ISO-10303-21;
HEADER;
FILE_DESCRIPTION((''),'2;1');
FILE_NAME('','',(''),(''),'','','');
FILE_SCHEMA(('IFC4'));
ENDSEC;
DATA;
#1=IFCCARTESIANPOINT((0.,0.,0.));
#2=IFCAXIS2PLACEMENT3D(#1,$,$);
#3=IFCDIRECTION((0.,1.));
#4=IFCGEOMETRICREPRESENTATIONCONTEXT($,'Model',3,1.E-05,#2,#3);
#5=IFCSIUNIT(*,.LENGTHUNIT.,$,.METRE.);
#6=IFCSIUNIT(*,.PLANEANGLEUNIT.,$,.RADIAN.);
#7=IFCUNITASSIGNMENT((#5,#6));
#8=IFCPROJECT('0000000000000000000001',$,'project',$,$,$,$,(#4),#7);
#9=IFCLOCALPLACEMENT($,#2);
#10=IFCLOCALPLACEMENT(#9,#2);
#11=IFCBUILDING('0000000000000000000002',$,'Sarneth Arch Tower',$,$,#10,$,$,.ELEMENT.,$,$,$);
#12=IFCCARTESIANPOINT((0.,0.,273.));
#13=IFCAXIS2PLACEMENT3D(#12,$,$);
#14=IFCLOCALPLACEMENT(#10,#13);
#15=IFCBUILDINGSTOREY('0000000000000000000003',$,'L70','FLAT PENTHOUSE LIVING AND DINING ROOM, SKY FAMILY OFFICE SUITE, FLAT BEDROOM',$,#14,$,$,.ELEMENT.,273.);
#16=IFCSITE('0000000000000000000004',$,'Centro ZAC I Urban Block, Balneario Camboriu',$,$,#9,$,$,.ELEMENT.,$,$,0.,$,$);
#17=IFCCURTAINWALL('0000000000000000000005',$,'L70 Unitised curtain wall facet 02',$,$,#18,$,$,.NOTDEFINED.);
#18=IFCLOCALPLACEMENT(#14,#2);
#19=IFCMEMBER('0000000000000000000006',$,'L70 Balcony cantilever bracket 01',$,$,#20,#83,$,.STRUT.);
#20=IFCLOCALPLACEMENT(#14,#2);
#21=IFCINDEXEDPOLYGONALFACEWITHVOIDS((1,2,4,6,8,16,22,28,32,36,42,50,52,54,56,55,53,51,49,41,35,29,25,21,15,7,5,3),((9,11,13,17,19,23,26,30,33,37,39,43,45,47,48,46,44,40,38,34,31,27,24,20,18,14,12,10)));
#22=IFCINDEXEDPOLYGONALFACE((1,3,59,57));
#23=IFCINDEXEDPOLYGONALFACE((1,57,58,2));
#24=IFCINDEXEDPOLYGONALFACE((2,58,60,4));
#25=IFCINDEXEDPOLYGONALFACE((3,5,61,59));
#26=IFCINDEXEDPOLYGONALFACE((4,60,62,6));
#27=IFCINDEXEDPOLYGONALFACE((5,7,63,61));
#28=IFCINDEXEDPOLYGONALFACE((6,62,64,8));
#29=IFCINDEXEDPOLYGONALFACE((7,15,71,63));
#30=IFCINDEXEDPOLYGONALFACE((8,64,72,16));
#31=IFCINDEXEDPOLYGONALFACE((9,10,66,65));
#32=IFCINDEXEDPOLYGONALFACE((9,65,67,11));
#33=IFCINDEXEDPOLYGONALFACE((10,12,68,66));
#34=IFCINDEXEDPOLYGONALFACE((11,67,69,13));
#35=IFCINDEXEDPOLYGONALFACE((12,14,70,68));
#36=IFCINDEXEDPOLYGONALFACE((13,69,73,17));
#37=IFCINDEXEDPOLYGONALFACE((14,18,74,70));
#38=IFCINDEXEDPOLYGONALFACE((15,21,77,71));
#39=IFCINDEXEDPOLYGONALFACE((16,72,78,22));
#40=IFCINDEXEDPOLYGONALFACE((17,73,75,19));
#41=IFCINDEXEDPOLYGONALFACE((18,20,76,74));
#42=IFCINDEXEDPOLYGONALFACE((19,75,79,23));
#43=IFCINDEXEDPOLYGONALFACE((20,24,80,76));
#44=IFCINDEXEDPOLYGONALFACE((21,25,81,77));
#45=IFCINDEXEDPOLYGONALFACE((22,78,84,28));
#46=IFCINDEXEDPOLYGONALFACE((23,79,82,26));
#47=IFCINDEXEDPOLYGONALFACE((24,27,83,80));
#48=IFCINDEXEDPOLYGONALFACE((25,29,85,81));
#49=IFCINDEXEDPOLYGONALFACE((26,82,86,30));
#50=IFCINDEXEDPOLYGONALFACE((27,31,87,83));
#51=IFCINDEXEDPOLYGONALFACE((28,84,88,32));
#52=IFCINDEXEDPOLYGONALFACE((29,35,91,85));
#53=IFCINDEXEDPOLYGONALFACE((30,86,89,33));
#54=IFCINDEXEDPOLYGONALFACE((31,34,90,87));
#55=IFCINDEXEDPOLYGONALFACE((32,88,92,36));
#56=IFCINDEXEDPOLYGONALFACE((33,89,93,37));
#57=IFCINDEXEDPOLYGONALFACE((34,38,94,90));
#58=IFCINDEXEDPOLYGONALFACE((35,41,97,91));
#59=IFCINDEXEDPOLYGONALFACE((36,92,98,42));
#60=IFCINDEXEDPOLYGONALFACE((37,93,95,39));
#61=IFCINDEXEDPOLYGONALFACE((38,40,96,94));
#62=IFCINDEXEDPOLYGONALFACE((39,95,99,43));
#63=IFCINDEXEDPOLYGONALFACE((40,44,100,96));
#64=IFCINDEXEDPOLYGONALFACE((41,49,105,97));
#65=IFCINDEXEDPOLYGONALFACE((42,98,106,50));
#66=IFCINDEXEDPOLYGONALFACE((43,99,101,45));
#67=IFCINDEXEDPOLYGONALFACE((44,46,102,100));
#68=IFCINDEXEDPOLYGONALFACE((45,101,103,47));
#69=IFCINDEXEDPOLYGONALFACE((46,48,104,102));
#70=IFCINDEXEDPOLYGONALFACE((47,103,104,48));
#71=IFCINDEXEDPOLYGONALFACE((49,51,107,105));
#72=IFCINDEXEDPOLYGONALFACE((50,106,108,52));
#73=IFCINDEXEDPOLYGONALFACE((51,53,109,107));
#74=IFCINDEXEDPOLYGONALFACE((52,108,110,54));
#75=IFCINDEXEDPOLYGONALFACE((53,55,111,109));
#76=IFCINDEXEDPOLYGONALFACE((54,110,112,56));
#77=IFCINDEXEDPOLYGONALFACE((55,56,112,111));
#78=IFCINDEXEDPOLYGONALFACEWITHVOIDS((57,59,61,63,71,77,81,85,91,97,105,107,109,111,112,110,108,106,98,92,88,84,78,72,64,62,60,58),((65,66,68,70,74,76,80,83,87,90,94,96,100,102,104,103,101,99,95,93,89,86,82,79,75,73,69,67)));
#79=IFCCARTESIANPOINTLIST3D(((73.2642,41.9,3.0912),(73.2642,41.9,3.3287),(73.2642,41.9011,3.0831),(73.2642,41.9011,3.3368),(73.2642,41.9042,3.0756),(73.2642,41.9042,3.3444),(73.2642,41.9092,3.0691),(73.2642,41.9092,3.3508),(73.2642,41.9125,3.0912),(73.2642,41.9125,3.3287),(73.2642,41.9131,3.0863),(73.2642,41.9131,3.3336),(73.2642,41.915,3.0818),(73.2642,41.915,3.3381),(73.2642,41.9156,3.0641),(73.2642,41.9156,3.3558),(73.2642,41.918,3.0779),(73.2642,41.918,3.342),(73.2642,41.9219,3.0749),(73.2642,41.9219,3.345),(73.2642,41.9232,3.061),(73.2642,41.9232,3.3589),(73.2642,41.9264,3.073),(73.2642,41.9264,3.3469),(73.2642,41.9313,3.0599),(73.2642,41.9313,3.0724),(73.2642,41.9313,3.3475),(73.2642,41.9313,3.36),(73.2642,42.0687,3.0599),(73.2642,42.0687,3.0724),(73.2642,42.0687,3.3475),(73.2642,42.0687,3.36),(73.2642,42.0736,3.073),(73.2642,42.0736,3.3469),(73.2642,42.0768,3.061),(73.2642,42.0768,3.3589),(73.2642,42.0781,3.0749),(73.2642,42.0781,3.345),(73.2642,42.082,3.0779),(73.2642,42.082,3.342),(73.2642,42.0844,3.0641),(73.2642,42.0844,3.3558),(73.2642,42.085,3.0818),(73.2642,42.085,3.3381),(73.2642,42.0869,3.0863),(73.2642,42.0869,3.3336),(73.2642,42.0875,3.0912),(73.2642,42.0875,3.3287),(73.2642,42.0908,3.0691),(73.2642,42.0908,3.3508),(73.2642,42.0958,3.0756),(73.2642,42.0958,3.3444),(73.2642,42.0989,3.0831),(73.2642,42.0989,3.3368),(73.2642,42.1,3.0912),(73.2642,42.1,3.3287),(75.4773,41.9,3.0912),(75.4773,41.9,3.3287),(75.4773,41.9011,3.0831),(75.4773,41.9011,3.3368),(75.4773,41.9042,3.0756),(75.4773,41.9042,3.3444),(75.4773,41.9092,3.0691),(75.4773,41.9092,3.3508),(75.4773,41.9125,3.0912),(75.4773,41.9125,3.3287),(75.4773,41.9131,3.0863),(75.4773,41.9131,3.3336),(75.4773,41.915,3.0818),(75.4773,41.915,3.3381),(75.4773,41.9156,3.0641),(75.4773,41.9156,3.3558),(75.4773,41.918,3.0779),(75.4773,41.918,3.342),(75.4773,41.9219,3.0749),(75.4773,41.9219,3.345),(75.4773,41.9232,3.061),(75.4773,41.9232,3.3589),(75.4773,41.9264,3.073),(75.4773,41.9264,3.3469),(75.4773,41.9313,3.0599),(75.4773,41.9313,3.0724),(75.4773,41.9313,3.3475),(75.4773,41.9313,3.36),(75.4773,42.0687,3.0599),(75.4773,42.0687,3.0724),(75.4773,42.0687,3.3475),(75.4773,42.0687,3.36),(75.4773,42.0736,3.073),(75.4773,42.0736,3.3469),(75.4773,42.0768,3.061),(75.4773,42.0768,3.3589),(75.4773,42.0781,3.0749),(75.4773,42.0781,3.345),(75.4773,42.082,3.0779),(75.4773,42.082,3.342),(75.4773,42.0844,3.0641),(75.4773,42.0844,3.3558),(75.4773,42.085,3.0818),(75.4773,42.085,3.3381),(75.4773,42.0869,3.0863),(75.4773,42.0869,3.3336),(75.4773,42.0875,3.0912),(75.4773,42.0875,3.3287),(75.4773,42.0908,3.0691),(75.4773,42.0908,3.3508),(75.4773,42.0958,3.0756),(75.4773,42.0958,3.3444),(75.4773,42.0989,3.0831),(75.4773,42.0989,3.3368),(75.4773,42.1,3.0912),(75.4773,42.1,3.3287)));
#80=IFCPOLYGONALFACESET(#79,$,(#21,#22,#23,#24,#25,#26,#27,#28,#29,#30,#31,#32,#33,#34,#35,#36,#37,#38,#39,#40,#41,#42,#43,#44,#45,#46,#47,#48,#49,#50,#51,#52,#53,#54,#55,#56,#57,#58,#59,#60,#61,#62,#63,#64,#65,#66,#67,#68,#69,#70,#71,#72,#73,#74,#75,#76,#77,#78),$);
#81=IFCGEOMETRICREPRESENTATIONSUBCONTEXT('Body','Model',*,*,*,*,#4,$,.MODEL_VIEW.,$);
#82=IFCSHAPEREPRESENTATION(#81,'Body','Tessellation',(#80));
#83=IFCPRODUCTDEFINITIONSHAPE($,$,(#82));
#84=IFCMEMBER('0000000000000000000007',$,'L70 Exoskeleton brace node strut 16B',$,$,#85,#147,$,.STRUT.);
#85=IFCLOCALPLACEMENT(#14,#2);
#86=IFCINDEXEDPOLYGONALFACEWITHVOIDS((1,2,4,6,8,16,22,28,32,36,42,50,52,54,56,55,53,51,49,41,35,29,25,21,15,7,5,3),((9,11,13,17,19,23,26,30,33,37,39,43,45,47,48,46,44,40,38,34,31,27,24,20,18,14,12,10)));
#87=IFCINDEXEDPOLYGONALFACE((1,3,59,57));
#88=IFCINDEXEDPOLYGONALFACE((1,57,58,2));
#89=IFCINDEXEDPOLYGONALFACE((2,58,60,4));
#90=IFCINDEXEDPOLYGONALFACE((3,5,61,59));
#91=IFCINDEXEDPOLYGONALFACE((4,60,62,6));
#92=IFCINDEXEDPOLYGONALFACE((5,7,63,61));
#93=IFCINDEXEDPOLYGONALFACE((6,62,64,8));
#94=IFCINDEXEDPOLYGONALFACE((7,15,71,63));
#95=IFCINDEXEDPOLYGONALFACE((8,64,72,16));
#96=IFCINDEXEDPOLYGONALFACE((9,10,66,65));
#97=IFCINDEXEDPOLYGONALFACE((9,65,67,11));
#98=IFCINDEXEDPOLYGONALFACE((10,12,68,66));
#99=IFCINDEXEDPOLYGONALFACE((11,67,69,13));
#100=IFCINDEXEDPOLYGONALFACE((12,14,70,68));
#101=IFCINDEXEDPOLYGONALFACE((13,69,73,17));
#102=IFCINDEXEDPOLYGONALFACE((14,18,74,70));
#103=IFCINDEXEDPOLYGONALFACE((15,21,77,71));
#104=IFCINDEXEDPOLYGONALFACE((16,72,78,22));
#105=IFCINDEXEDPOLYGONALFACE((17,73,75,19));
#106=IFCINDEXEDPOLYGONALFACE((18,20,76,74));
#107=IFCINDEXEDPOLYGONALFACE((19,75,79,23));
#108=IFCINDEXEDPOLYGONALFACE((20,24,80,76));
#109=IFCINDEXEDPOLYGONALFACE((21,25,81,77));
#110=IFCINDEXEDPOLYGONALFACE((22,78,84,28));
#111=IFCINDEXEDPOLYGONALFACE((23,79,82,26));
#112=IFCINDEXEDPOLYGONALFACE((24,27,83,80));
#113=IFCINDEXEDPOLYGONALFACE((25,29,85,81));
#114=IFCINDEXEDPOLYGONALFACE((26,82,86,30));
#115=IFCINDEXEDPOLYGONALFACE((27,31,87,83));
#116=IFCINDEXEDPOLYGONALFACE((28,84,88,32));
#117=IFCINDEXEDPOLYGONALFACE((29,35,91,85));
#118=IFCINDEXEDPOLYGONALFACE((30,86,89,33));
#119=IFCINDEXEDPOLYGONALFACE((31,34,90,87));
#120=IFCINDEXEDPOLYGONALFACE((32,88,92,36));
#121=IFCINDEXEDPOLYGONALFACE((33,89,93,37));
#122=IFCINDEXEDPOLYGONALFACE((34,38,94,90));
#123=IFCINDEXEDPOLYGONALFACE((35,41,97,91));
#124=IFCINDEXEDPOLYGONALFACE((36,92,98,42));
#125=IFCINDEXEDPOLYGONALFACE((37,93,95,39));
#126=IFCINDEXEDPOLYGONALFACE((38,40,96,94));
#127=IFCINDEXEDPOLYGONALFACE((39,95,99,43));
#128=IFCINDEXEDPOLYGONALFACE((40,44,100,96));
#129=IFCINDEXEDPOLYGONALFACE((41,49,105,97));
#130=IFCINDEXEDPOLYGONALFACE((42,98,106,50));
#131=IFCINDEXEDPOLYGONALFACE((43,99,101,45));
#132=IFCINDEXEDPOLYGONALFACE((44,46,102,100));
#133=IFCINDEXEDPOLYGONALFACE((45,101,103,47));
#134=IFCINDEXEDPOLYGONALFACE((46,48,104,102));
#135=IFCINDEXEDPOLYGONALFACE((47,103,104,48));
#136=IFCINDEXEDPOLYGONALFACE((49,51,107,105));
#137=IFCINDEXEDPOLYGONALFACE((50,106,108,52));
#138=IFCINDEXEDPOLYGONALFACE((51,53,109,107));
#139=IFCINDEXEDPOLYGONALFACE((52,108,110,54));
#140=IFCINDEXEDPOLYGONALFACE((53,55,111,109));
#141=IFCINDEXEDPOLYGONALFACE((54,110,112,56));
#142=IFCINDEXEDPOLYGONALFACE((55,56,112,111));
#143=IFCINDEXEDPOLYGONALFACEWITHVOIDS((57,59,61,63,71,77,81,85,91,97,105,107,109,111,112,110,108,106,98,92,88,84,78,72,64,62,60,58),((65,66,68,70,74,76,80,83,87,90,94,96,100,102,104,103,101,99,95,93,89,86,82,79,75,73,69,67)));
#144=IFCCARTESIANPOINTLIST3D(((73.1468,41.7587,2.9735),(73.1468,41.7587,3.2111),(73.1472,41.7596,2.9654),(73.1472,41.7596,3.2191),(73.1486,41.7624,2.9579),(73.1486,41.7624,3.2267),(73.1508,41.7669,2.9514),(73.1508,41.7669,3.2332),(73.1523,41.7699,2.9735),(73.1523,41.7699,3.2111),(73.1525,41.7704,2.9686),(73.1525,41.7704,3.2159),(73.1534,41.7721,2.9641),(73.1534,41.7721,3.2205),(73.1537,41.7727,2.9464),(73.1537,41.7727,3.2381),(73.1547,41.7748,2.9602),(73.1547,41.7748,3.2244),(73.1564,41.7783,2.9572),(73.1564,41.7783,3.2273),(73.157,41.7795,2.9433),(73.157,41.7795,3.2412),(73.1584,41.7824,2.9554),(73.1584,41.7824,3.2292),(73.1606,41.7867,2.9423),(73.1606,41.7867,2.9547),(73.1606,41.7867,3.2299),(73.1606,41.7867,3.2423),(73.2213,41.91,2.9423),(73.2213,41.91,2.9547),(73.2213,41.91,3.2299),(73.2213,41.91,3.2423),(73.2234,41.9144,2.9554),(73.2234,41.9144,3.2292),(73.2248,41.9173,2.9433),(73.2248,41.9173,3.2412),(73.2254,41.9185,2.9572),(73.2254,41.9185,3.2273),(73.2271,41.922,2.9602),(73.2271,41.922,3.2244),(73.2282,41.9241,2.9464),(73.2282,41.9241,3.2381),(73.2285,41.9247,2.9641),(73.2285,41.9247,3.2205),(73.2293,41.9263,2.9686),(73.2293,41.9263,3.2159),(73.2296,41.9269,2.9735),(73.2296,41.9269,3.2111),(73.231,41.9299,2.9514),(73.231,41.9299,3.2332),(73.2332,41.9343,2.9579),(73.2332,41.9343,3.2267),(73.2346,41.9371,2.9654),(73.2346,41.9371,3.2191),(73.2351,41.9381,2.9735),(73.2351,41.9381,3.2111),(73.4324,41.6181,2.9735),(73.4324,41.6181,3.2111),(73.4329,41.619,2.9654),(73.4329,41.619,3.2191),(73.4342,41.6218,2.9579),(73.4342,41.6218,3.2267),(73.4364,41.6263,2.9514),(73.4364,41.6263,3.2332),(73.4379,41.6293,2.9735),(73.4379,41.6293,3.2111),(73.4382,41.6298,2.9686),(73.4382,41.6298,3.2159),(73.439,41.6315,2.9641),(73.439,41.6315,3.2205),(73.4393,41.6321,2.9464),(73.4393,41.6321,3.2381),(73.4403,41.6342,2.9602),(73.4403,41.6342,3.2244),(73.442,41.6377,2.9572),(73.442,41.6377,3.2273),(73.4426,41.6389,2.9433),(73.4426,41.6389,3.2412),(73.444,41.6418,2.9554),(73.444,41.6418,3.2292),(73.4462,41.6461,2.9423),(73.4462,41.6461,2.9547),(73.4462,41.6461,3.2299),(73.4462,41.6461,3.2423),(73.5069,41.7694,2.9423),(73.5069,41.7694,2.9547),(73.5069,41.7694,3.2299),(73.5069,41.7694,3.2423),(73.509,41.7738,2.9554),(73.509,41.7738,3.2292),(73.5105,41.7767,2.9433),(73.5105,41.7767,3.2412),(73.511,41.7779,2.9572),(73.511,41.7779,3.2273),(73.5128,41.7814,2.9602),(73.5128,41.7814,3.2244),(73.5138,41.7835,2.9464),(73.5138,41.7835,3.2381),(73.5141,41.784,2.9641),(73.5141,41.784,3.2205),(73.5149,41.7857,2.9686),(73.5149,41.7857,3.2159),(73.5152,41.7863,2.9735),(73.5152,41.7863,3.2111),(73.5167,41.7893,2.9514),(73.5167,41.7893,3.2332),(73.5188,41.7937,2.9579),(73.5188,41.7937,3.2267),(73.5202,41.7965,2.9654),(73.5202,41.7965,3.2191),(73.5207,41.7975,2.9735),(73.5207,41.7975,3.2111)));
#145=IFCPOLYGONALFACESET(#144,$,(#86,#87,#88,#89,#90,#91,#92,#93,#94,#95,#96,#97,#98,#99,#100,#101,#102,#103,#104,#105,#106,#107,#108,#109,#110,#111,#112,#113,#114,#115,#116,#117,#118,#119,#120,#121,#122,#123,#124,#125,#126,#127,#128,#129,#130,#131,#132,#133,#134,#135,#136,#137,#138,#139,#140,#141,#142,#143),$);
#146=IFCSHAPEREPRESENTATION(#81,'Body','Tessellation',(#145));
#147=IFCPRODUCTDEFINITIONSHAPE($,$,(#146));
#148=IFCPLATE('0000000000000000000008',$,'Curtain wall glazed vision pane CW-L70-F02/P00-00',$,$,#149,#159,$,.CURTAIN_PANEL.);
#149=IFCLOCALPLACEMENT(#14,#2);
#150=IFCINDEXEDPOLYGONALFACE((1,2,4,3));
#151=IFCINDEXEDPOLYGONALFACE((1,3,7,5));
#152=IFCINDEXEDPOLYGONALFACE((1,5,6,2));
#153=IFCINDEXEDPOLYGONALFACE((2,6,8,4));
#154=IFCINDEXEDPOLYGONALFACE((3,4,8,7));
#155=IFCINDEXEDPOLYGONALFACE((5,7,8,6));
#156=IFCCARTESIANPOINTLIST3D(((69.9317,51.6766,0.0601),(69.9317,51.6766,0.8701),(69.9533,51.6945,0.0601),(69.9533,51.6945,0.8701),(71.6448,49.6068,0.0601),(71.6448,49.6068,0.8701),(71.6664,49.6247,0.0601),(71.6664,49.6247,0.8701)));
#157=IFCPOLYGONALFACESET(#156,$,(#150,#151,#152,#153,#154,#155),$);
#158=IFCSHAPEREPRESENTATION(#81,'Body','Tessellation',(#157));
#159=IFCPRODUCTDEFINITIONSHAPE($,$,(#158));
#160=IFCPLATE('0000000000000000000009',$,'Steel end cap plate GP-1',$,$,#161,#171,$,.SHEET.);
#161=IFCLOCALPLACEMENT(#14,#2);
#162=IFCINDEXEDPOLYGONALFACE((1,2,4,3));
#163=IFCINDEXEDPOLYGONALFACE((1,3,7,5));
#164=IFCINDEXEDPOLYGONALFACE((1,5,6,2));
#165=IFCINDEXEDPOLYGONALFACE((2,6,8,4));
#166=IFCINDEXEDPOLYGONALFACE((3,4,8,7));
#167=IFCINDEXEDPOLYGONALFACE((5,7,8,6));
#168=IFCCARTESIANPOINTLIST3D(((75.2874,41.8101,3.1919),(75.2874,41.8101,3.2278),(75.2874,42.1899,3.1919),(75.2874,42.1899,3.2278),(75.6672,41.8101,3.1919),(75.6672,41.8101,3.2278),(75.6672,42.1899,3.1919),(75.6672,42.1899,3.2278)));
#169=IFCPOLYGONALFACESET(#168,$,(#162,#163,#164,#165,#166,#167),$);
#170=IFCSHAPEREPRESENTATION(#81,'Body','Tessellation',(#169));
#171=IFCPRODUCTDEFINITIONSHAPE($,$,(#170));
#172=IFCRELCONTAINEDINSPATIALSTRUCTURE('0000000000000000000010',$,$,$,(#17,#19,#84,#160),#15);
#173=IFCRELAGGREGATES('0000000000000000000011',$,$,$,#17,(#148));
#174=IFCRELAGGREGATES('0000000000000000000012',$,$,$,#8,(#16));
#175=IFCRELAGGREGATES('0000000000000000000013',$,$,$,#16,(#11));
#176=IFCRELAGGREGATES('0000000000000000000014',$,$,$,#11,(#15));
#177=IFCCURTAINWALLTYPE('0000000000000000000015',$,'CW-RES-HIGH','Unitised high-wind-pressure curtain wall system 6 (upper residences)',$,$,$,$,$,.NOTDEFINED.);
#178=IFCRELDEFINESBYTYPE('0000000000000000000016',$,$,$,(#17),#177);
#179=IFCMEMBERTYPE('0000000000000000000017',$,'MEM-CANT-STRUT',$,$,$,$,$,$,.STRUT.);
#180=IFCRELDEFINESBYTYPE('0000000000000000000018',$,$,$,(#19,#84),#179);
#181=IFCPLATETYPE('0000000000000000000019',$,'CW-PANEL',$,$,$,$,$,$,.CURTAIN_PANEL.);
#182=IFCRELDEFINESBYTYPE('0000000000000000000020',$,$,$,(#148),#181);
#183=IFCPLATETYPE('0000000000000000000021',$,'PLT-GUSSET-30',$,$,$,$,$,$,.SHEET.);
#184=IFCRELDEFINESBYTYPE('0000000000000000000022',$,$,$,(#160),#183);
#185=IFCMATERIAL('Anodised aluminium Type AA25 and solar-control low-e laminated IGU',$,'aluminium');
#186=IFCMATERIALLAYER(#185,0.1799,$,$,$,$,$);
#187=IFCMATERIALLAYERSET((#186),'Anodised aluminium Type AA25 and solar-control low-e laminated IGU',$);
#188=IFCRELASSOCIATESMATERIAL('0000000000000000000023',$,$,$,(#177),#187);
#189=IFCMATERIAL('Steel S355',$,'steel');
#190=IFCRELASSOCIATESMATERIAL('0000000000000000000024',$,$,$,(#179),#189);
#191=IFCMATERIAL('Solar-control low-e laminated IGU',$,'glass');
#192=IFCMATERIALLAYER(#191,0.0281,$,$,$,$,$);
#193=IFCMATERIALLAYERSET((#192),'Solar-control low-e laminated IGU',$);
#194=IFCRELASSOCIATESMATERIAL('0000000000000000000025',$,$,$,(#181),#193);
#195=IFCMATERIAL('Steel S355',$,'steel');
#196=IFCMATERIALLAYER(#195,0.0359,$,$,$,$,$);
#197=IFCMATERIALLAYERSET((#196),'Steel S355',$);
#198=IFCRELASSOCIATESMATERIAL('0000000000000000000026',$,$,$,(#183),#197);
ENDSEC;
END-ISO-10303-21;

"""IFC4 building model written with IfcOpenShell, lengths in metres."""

from ifc_helpers import new_model, si_unit, direction, frame, origin, origin_2d, place, context, subcontext, project, spatial, rectangle, hollow_rectangle, extrude, material, layer, layer_set, material_profile, profile_set, type_object, element, aggregate, save


model = new_model("IFC4")

# Units and contexts
model_context = context("Model", 3, precision=1e-05, world=origin(), true_north=direction((0.0, 1.0)))
body_context = subcontext(model_context, "Body", "Model", "MODEL_VIEW")
ifc_project = project(units=[si_unit("LENGTHUNIT", "METRE"), si_unit("PLANEANGLEUNIT", "RADIAN")], contexts=[model_context])

# Site, building, storey
site_placement = place(None, origin())
site = spatial("IfcSite", under=ifc_project, at=site_placement, Name="Centro ZAC I Urban Block, Balneario Camboriu", CompositionType="ELEMENT", RefElevation=0.0)
building_placement = place(site_placement, origin())
building = spatial("IfcBuilding", under=site, at=building_placement, Name="Sarneth Arch Tower", CompositionType="ELEMENT")
storey_placement = place(building_placement, frame((0.0, 0.0, 273.0)))
storey = spatial("IfcBuildingStorey", under=building, at=storey_placement, Name="L70", Description="FLAT PENTHOUSE LIVING AND DINING ROOM, SKY FAMILY OFFICE SUITE, FLAT BEDROOM", CompositionType="ELEMENT", Elevation=273.0)

# Curtain wall
ifc_material_1 = material(Name="Anodised aluminium Type AA25 and solar-control low-e laminated IGU", Category="aluminium")
ifc_layer_1 = layer(ifc_material_1, 0.1799)
ifc_layer_set_1 = layer_set([ifc_layer_1], Name="Anodised aluminium Type AA25 and solar-control low-e laminated IGU")
curtain_wall_type = type_object("IfcCurtainWallType", Name="CW-RES-HIGH", Description="Unitised high-wind-pressure curtain wall system 6 (upper residences)", PredefinedType="NOTDEFINED", material=ifc_layer_set_1)
curtain_wall_placement = place(storey_placement, origin())
curtain_wall = element("IfcCurtainWall", 1, at=curtain_wall_placement, inside=storey, type_object=curtain_wall_type, Name="L70 Unitised curtain wall facet 02", PredefinedType="NOTDEFINED")

# Members
ifc_material_2 = material(Name="Steel S355", Category="steel")
ifc_material_profile_1 = material_profile(ifc_material_2, hollow_rectangle(XDim=0.2, YDim=0.3, WallThickness=0.0125, InnerFilletRadius=0.0188, OuterFilletRadius=0.0312, at=origin_2d()), Name="RHS300x200x12.5")
ifc_profile_set_1 = profile_set([ifc_material_profile_1], Name="Steel S355")
member_type_1 = type_object("IfcMemberType", Name="MEM-CANT-STRUT", PredefinedType="STRUT", material=ifc_profile_set_1)
member_1_placement = place(storey_placement, frame((73.2642, 42.0, 3.21), z_axis=(1.0, 0.0, 0.0), x_axis=(0.0, 1.0, 0.0)))
element("IfcMember", 2, at=member_1_placement, inside=storey, type_object=member_type_1, Name="L70 Balcony cantilever bracket 01", PredefinedType="STRUT", context=body_context, shape_type="SweptSolid", body=[
    extrude(hollow_rectangle(XDim=0.2, YDim=0.3, WallThickness=0.0125, InnerFilletRadius=0.0188, OuterFilletRadius=0.0312, at=origin_2d()), origin(), (0.0, 0.0, 1.0), 2.2131),
])
member_2_placement = place(storey_placement, frame((73.1909, 41.8484, 3.0923), z_axis=(0.897171, -0.441684, 0.0), x_axis=(0.441684, 0.897171, 0.0)))
element("IfcMember", 3, at=member_2_placement, inside=storey, type_object=member_type_1, Name="L70 Exoskeleton brace node strut 16B", PredefinedType="STRUT", context=body_context, shape_type="SweptSolid", body=[
    extrude(hollow_rectangle(XDim=0.2, YDim=0.3, WallThickness=0.0125, InnerFilletRadius=0.0188, OuterFilletRadius=0.0312, at=origin_2d()), origin(), (0.0, 0.0, 1.0), 0.3184),
])

# Plates
ifc_material_3 = material(Name="Solar-control low-e laminated IGU", Category="glass")
ifc_layer_2 = layer(ifc_material_3, 0.0281)
ifc_layer_set_2 = layer_set([ifc_layer_2], Name="Solar-control low-e laminated IGU")
plate_type_1 = type_object("IfcPlateType", Name="CW-PANEL", PredefinedType="CURTAIN_PANEL", material=ifc_layer_set_2)
plate_1_placement = place(storey_placement, frame((70.7991, 50.6506, 0.0601), z_axis=(0.0, 0.0, 1.0), x_axis=(-0.63761, 0.770359, 0.0)))
plate_1 = element("IfcPlate", 4, at=plate_1_placement, type_object=plate_type_1, Name="Curtain wall glazed vision pane CW-L70-F02/P00-00", PredefinedType="CURTAIN_PANEL", context=body_context, shape_type="SweptSolid", body=[
    extrude(rectangle(XDim=2.6868, YDim=0.0281, at=origin_2d()), origin(), (0.0, 0.0, 1.0), 0.8101),
])
aggregate(curtain_wall, [plate_1])
ifc_material_4 = material(Name="Steel S355", Category="steel")
ifc_layer_3 = layer(ifc_material_4, 0.0359)
ifc_layer_set_3 = layer_set([ifc_layer_3], Name="Steel S355")
plate_type_2 = type_object("IfcPlateType", Name="PLT-GUSSET-30", PredefinedType="SHEET", material=ifc_layer_set_3)
plate_2_placement = place(storey_placement, frame((75.4773, 42.0, 3.1919), z_axis=(0.0, 0.0, 1.0), x_axis=(1.0, 0.0, 0.0)))
element("IfcPlate", 5, at=plate_2_placement, inside=storey, type_object=plate_type_2, Name="Steel end cap plate GP-1", PredefinedType="SHEET", context=body_context, shape_type="SweptSolid", body=[
    extrude(rectangle(XDim=0.3799, YDim=0.3799, at=origin_2d()), origin(), (0.0, 0.0, 1.0), 0.0359),
])

save(model, "model.ifc")
